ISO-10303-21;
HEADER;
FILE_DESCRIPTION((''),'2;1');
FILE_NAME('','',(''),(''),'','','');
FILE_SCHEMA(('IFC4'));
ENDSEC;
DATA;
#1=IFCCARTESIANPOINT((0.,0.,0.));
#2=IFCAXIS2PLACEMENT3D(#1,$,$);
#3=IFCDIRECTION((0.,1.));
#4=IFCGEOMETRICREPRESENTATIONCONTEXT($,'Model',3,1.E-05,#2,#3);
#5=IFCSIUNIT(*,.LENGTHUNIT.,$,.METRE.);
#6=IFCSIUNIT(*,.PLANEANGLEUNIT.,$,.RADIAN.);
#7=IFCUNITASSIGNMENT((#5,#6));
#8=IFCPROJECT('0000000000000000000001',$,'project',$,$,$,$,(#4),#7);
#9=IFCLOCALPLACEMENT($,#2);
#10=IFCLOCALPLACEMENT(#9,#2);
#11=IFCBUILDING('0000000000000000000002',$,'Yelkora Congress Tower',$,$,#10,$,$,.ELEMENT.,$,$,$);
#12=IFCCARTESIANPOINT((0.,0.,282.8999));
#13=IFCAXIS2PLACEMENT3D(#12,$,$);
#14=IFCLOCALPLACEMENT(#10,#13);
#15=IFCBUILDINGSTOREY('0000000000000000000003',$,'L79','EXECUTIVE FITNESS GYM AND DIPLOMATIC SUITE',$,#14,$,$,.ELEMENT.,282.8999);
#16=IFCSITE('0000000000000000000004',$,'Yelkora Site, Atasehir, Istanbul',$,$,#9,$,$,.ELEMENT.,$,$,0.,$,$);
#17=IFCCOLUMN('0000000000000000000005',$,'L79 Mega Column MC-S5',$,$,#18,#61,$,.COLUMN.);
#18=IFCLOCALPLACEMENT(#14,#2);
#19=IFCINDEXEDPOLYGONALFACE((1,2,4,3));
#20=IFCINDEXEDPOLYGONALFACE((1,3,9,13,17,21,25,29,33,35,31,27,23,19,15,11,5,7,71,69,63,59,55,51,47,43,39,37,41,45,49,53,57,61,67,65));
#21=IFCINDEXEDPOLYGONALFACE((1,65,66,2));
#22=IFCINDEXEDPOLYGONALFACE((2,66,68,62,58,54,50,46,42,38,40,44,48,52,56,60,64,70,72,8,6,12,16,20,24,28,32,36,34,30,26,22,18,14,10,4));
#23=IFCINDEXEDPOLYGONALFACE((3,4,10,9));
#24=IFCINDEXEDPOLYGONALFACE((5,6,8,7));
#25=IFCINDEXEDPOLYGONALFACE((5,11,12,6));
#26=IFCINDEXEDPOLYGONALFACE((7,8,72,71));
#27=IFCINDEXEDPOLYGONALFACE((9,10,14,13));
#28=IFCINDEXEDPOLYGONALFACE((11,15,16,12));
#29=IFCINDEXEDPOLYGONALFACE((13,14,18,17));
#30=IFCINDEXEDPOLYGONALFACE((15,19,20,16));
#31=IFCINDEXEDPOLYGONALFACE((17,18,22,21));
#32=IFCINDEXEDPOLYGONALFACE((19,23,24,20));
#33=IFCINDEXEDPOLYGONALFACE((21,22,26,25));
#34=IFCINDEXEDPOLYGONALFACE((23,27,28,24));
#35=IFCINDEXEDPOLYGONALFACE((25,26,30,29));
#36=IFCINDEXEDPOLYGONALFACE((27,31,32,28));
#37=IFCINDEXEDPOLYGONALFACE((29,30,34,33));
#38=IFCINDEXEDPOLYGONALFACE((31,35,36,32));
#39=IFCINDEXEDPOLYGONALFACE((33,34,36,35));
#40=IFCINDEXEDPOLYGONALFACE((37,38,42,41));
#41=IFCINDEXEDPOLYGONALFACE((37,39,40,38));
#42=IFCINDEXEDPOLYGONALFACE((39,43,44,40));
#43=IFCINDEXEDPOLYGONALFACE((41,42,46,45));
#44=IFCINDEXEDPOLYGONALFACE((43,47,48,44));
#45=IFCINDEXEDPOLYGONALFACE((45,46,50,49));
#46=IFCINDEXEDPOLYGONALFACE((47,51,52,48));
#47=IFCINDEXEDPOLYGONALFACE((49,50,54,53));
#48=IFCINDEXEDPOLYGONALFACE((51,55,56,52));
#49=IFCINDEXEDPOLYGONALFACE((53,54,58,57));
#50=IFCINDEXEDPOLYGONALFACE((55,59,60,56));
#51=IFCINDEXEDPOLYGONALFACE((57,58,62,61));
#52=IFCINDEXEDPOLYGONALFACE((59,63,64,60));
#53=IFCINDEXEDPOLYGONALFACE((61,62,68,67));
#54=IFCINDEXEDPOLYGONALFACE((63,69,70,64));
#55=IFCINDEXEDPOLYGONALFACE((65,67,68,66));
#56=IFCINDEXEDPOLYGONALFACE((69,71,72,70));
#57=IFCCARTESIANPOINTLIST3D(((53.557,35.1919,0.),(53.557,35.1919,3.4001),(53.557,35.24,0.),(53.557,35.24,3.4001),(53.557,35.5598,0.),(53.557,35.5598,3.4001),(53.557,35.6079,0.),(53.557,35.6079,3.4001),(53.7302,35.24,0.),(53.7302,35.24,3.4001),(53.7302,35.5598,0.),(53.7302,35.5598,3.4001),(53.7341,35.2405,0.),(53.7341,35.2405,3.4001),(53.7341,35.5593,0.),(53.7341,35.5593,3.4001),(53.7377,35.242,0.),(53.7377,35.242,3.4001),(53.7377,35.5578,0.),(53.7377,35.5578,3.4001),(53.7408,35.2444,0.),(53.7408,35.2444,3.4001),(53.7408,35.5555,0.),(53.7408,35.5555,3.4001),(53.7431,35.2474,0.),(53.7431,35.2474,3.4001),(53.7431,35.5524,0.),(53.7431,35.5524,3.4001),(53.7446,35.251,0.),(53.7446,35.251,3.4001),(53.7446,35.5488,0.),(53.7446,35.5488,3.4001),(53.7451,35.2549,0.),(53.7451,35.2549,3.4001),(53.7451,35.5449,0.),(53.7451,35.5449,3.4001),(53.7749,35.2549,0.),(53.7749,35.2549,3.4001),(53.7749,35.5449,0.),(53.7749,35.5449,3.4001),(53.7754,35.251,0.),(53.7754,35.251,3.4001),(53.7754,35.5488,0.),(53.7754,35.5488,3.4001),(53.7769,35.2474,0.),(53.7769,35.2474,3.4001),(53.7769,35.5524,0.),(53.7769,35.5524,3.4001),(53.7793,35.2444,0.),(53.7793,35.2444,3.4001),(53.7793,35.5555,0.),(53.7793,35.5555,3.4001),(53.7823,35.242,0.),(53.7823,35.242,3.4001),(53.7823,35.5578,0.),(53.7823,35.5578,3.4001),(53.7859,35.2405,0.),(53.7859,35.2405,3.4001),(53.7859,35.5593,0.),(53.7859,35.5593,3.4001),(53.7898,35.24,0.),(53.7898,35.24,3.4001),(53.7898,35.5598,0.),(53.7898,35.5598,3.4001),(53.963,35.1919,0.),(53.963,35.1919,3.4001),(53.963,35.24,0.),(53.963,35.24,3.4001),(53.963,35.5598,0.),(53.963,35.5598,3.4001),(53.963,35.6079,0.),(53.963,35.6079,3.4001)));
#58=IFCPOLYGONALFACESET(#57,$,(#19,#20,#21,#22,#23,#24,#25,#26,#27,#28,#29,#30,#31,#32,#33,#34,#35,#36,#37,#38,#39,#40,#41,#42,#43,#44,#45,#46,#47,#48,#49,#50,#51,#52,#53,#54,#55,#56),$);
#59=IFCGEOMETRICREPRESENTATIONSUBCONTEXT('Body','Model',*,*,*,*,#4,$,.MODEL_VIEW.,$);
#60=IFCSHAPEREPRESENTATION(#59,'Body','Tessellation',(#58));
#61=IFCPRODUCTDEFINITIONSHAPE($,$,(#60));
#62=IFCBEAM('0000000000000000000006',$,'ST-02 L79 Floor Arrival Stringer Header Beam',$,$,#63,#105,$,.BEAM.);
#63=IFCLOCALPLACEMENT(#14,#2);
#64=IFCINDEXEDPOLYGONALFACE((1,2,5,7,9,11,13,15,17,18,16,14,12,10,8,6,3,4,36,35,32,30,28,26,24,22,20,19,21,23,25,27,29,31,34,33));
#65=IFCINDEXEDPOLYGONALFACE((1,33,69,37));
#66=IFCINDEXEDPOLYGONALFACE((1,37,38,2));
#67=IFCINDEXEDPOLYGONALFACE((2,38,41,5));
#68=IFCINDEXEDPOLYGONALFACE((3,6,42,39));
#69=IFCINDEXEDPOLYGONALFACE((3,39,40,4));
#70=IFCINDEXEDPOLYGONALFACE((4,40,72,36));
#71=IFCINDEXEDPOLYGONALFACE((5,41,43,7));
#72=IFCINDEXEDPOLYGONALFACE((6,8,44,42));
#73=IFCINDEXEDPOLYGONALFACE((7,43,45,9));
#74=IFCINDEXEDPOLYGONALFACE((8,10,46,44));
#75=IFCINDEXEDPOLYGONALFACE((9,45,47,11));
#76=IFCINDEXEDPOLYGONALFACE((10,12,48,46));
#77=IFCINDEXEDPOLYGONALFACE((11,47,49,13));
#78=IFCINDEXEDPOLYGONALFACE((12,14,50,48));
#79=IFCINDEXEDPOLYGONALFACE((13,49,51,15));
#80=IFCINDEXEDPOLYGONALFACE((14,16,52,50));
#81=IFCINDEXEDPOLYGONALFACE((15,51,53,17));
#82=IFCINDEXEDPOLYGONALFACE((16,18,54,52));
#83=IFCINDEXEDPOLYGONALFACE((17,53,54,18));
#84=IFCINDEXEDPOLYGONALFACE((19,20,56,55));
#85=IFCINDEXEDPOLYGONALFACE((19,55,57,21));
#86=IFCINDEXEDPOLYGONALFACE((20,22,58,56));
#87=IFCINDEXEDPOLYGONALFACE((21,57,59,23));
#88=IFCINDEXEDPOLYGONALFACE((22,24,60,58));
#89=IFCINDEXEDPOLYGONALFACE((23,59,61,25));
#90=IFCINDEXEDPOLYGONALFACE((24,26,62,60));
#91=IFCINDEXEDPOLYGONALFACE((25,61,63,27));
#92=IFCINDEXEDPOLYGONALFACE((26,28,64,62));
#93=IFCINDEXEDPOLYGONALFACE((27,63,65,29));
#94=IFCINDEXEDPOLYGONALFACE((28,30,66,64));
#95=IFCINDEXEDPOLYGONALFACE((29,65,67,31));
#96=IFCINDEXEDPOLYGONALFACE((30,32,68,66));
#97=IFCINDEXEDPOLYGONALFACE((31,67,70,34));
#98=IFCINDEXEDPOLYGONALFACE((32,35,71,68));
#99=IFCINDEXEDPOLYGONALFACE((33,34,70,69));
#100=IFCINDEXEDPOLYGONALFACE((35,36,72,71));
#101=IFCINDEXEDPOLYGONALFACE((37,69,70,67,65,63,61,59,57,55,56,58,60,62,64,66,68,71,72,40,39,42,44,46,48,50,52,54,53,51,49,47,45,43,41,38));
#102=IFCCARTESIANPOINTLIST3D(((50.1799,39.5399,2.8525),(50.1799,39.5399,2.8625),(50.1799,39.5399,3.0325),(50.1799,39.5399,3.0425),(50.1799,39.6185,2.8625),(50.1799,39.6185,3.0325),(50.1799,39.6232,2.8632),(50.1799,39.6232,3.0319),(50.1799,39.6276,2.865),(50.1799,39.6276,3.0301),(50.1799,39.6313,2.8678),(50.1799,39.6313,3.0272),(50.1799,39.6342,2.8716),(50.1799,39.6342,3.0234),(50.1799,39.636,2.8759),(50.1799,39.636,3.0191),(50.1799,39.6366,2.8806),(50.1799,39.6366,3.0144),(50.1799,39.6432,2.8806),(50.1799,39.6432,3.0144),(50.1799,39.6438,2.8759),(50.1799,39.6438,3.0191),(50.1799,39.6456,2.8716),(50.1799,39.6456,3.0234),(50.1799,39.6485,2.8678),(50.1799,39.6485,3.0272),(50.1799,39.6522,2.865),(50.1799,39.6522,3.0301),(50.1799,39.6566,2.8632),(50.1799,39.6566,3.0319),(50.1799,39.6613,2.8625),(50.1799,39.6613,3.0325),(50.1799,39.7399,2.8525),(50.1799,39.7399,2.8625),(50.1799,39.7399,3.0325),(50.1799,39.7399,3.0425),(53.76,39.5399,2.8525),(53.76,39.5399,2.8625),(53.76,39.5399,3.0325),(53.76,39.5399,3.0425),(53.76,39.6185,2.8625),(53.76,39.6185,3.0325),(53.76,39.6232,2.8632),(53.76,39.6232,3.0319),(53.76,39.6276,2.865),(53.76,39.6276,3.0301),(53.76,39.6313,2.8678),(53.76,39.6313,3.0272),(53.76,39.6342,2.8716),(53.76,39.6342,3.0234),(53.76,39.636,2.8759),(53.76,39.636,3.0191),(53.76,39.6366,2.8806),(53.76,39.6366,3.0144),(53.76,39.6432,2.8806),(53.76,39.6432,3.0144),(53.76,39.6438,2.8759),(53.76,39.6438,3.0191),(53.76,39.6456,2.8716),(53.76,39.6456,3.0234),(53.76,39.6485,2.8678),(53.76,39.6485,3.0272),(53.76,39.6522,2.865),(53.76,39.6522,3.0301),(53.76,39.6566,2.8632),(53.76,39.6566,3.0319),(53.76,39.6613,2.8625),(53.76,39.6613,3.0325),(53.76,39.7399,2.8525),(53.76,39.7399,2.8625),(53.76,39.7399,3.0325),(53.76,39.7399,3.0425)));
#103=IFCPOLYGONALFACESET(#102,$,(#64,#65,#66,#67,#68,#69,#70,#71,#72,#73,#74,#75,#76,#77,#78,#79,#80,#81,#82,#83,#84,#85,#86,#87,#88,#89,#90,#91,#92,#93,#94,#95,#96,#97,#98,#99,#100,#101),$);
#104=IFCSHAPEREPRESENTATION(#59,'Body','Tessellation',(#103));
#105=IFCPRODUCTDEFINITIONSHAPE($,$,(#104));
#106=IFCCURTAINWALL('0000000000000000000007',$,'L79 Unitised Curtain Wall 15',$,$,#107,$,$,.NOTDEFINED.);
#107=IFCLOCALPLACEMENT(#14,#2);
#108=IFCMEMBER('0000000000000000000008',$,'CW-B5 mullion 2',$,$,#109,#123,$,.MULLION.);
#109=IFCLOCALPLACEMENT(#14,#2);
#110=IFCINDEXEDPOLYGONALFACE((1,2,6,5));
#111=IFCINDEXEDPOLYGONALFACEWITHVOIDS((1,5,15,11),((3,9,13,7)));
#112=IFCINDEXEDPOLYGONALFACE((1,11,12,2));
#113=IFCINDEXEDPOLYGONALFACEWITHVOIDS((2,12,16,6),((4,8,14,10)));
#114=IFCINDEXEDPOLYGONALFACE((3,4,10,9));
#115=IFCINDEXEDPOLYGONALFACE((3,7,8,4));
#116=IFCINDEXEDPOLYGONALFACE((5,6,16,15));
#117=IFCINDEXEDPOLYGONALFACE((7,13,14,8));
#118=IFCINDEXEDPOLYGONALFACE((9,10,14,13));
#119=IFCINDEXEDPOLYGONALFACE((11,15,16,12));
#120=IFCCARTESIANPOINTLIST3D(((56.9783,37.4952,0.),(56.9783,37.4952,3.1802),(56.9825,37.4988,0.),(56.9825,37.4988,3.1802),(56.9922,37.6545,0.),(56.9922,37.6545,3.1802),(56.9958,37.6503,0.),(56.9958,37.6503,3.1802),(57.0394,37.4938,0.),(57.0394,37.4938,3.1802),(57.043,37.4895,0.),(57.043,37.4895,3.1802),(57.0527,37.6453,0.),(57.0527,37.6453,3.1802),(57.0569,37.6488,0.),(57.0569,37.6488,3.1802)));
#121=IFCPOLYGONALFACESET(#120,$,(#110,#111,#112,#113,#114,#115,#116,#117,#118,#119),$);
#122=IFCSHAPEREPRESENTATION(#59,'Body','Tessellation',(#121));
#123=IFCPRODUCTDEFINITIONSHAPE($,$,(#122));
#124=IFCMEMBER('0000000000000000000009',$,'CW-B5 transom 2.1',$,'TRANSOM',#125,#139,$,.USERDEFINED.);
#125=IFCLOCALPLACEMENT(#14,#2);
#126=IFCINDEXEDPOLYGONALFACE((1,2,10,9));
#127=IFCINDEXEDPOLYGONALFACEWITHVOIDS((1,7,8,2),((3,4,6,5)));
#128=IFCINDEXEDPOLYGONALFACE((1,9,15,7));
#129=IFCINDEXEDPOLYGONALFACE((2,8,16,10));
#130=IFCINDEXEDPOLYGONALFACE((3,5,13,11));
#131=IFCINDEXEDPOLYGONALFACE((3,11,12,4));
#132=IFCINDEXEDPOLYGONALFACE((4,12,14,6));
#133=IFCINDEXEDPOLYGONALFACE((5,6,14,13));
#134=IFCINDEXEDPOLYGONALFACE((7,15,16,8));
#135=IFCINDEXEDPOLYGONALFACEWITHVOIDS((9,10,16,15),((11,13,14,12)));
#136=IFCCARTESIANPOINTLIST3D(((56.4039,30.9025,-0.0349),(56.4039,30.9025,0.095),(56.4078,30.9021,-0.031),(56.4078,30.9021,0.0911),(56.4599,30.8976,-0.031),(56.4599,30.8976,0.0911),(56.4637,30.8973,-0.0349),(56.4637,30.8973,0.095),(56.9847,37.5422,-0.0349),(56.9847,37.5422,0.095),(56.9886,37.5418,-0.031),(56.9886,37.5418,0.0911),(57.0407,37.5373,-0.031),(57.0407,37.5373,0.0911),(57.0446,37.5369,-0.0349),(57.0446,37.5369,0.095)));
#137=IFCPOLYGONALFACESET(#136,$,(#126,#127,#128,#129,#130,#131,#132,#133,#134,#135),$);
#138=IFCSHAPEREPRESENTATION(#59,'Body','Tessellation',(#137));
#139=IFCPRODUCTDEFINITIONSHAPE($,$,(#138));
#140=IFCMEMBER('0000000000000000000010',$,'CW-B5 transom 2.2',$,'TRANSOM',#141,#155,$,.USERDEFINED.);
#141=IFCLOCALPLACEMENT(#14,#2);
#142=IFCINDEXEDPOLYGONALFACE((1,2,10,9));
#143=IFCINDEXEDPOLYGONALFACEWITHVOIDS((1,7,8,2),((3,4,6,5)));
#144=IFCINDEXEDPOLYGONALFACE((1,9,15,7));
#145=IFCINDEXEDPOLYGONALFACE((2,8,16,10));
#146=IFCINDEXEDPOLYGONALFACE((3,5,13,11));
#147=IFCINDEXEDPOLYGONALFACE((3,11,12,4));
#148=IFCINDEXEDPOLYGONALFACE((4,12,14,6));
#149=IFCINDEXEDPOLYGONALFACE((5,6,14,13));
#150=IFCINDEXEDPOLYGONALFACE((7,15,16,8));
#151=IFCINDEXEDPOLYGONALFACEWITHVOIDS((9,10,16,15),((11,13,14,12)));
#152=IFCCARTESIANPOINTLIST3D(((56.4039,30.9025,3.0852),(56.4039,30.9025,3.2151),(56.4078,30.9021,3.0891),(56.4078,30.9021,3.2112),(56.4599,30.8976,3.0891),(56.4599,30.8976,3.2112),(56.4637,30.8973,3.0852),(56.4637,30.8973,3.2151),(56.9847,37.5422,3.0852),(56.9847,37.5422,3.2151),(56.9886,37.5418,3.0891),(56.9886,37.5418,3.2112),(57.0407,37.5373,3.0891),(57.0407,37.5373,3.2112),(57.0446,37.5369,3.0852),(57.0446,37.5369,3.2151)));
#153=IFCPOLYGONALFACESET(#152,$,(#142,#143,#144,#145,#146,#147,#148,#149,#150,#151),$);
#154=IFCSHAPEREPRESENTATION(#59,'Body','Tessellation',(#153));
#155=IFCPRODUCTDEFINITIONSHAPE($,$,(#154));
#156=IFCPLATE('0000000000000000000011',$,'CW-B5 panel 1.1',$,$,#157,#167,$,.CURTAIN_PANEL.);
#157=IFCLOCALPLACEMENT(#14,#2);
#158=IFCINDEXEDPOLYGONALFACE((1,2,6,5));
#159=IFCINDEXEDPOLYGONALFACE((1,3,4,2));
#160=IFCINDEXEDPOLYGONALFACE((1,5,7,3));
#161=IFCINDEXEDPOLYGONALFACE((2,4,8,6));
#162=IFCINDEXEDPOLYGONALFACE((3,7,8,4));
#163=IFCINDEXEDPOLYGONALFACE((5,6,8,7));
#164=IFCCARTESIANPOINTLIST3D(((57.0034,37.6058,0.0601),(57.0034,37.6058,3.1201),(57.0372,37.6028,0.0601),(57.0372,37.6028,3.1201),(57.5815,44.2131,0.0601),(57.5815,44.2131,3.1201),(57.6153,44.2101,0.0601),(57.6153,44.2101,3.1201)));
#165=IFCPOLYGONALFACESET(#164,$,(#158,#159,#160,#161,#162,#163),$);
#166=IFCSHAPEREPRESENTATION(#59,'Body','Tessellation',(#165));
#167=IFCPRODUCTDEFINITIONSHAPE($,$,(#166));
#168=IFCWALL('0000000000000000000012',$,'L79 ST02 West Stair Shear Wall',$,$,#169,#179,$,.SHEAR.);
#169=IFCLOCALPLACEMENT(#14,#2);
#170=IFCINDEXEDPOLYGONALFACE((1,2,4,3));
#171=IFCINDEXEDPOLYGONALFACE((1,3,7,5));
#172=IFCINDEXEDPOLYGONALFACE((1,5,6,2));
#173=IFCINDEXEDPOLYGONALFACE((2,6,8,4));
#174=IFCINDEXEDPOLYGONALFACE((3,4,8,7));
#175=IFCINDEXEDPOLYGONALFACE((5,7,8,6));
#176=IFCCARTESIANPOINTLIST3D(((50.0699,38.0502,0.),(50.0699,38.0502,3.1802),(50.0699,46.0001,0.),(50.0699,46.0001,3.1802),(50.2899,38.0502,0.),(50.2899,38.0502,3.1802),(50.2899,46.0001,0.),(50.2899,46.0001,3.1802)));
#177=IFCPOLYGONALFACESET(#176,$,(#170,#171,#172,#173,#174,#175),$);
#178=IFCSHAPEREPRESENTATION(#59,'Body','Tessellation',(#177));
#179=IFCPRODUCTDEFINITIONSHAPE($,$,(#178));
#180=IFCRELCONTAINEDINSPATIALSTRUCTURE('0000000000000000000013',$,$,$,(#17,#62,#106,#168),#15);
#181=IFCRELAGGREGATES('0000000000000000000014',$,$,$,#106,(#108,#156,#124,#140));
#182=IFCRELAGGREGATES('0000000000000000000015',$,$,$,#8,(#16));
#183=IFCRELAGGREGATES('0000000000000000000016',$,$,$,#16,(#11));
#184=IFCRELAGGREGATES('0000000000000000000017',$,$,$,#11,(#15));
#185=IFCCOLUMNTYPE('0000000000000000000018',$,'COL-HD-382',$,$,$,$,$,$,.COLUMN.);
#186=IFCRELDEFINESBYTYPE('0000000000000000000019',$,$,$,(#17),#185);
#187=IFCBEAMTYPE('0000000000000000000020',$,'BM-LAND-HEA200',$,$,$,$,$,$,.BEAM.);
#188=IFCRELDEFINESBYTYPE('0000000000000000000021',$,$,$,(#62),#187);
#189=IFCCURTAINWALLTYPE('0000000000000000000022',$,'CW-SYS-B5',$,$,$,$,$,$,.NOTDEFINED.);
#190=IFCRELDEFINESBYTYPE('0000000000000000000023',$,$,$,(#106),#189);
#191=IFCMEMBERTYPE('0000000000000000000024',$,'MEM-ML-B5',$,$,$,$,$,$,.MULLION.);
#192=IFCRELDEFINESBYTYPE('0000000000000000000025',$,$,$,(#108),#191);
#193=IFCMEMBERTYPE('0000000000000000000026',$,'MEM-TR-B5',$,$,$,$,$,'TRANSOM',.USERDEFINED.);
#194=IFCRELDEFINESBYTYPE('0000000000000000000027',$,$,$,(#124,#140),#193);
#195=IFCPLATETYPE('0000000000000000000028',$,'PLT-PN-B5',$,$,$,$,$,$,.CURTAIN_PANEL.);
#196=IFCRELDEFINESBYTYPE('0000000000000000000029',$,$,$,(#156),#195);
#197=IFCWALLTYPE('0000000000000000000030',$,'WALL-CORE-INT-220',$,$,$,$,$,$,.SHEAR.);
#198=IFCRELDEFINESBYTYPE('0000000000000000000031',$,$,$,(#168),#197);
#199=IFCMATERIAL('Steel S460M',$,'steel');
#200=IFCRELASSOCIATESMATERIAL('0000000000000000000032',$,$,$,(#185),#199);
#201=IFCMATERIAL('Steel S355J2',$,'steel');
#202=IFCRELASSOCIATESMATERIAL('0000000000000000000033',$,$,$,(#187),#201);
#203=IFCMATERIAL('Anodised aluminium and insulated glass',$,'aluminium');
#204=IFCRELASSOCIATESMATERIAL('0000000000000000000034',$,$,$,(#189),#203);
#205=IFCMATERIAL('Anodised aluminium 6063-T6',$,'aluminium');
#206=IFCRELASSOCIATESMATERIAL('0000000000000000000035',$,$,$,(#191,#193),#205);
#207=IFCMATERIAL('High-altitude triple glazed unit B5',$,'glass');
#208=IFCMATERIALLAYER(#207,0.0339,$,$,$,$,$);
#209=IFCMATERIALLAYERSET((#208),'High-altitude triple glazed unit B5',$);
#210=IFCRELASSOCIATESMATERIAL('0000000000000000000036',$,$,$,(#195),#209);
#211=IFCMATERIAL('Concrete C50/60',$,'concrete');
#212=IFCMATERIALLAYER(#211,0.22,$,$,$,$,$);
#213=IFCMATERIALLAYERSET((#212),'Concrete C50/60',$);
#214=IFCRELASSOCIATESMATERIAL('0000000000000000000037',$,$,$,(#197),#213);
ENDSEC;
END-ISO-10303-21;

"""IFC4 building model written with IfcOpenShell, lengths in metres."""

from ifc_helpers import new_model, si_unit, direction, frame, frame_2d, origin, origin_2d, place, context, subcontext, project, spatial, rectangle, hollow_rectangle, i_section, extrude, material, layer, layer_set, material_profile, profile_set, type_object, element, aggregate, save


model = new_model("IFC4")

# Units and contexts
model_context = context("Model", 3, precision=1e-05, world=origin(), true_north=direction((0.0, 1.0)))
body_context = subcontext(model_context, "Body", "Model", "MODEL_VIEW")
ifc_project = project(units=[si_unit("LENGTHUNIT", "METRE"), si_unit("PLANEANGLEUNIT", "RADIAN")], contexts=[model_context])

# Site, building, storey
site_placement = place(None, origin())
site = spatial("IfcSite", under=ifc_project, at=site_placement, Name="Yelkora Site, Atasehir, Istanbul", CompositionType="ELEMENT", RefElevation=0.0)
building_placement = place(site_placement, origin())
building = spatial("IfcBuilding", under=site, at=building_placement, Name="Yelkora Congress Tower", CompositionType="ELEMENT")
storey_placement = place(building_placement, frame((0.0, 0.0, 282.8999)))
storey = spatial("IfcBuildingStorey", under=building, at=storey_placement, Name="L79", Description="EXECUTIVE FITNESS GYM AND DIPLOMATIC SUITE", CompositionType="ELEMENT", Elevation=282.8999)

# Column
ifc_material_1 = material(Name="Steel S460M", Category="steel")
ifc_material_profile_1 = material_profile(ifc_material_1, i_section(OverallWidth=0.406, OverallDepth=0.416, WebThickness=0.0298, FlangeThickness=0.0481, FilletRadius=0.0149, at=origin_2d()), Name="HD 400x382")
ifc_profile_set_1 = profile_set([ifc_material_profile_1], Name="Steel S460M")
column_type = type_object("IfcColumnType", Name="COL-HD-382", PredefinedType="COLUMN", material=ifc_profile_set_1)
column_placement = place(storey_placement, frame((53.76, 35.3999, 0.0), z_axis=(0.0, 0.0, 1.0), x_axis=(1.0, 0.0, 0.0)))
element("IfcColumn", 1, at=column_placement, inside=storey, type_object=column_type, Name="L79 Mega Column MC-S5", PredefinedType="COLUMN", context=body_context, shape_type="SweptSolid", body=[
    extrude(i_section(OverallWidth=0.406, OverallDepth=0.416, WebThickness=0.0298, FlangeThickness=0.0481, FilletRadius=0.0149, at=origin_2d()), origin(), (0.0, 0.0, 1.0), 3.4001),
])

# Beam
ifc_material_2 = material(Name="Steel S355J2", Category="steel")
ifc_material_profile_2 = material_profile(ifc_material_2, i_section(OverallWidth=0.2, OverallDepth=0.1899, WebThickness=0.0066, FlangeThickness=0.01, FilletRadius=0.0181, at=origin_2d()), Name="HEA 200")
ifc_profile_set_2 = profile_set([ifc_material_profile_2], Name="Steel S355J2")
beam_type = type_object("IfcBeamType", Name="BM-LAND-HEA200", PredefinedType="BEAM", material=ifc_profile_set_2)
beam_placement = place(storey_placement, frame((50.1799, 39.6399, 2.9475), z_axis=(1.0, 0.0, 0.0), x_axis=(0.0, 1.0, 0.0)))
element("IfcBeam", 2, at=beam_placement, inside=storey, type_object=beam_type, Name="ST-02 L79 Floor Arrival Stringer Header Beam", PredefinedType="BEAM", context=body_context, shape_type="SweptSolid", body=[
    extrude(i_section(OverallWidth=0.2, OverallDepth=0.1899, WebThickness=0.0066, FlangeThickness=0.01, FilletRadius=0.0181, at=origin_2d()), origin(), (0.0, 0.0, 1.0), 3.5801),
])

# Curtain wall, members, plate
ifc_material_3 = material(Name="Anodised aluminium and insulated glass", Category="aluminium")
curtain_wall_type = type_object("IfcCurtainWallType", Name="CW-SYS-B5", PredefinedType="NOTDEFINED", material=ifc_material_3)
curtain_wall_placement = place(storey_placement, origin())
curtain_wall = element("IfcCurtainWall", 3, at=curtain_wall_placement, inside=storey, type_object=curtain_wall_type, Name="L79 Unitised Curtain Wall 15", PredefinedType="NOTDEFINED")
ifc_material_4 = material(Name="Anodised aluminium 6063-T6", Category="aluminium")
ifc_material_profile_3 = material_profile(ifc_material_4, hollow_rectangle(XDim=0.0649, YDim=0.1599, WallThickness=0.0039, at=origin_2d()), Name="ALU 65x160x4")
ifc_profile_set_3 = profile_set([ifc_material_profile_3], Name="Anodised aluminium 6063-T6")
member_type_1 = type_object("IfcMemberType", Name="MEM-ML-B5", PredefinedType="MULLION", material=ifc_profile_set_3)
member_1_placement = place(storey_placement, frame((57.0176, 37.572, 0.0), z_axis=(0.0, 0.0, 1.0), x_axis=(0.996194, -0.087158, 0.0)))
member_1 = element("IfcMember", 4, at=member_1_placement, type_object=member_type_1, Name="CW-B5 mullion 2", PredefinedType="MULLION", context=body_context, shape_type="SweptSolid", body=[
    extrude(hollow_rectangle(XDim=0.0649, YDim=0.1599, WallThickness=0.0039, at=origin_2d()), origin(), (0.0, 0.0, 1.0), 3.1802),
])
ifc_material_profile_4 = material_profile(ifc_material_4, hollow_rectangle(XDim=0.0601, YDim=0.1299, WallThickness=0.0039, at=origin_2d()), Name="ALU 60x130x4")
ifc_profile_set_4 = profile_set([ifc_material_profile_4], Name="Anodised aluminium 6063-T6")
member_type_2 = type_object("IfcMemberType", Name="MEM-TR-B5", ElementType="TRANSOM", PredefinedType="USERDEFINED", material=ifc_profile_set_4)
member_2_placement = place(storey_placement, frame((57.0146, 37.5396, 0.03), z_axis=(-0.087143, -0.996196, 0.0), x_axis=(0.996196, -0.087143, 0.0)))
member_2 = element("IfcMember", 5, at=member_2_placement, type_object=member_type_2, Name="CW-B5 transom 2.1", ObjectType="TRANSOM", PredefinedType="USERDEFINED", context=body_context, shape_type="SweptSolid", body=[
    extrude(hollow_rectangle(XDim=0.0601, YDim=0.1299, WallThickness=0.0039, at=origin_2d()), origin(), (0.0, 0.0, 1.0), 6.665),
])
member_3_placement = place(storey_placement, frame((57.0146, 37.5396, 3.1501), z_axis=(-0.087143, -0.996196, 0.0), x_axis=(0.996196, -0.087143, 0.0)))
member_3 = element("IfcMember", 6, at=member_3_placement, type_object=member_type_2, Name="CW-B5 transom 2.2", ObjectType="TRANSOM", PredefinedType="USERDEFINED", context=body_context, shape_type="SweptSolid", body=[
    extrude(hollow_rectangle(XDim=0.0601, YDim=0.1299, WallThickness=0.0039, at=origin_2d()), origin(), (0.0, 0.0, 1.0), 6.665),
])
ifc_material_5 = material(Name="High-altitude triple glazed unit B5", Category="glass")
ifc_layer_1 = layer(ifc_material_5, 0.0339)
ifc_layer_set_1 = layer_set([ifc_layer_1], Name="High-altitude triple glazed unit B5")
plate_type = type_object("IfcPlateType", Name="PLT-PN-B5", PredefinedType="CURTAIN_PANEL", material=ifc_layer_set_1)
plate_placement = place(storey_placement, frame((57.3093, 40.908, 0.0601), z_axis=(0.0, 0.0, 1.0), x_axis=(-0.087158, -0.996194, 0.0)))
plate = element("IfcPlate", 7, at=plate_placement, type_object=plate_type, Name="CW-B5 panel 1.1", PredefinedType="CURTAIN_PANEL", context=body_context, shape_type="SweptSolid", body=[
    extrude(rectangle(XDim=6.6326, YDim=0.0339, at=origin_2d()), origin(), (0.0, 0.0, 1.0), 3.0601),
])
aggregate(curtain_wall, [member_1, plate, member_2, member_3])

# Wall
ifc_material_6 = material(Name="Concrete C50/60", Category="concrete")
ifc_layer_2 = layer(ifc_material_6, 0.22)
ifc_layer_set_2 = layer_set([ifc_layer_2], Name="Concrete C50/60")
wall_type_1 = type_object("IfcWallType", Name="WALL-CORE-INT-220", PredefinedType="SHEAR", material=ifc_layer_set_2)
wall_1_placement = place(storey_placement, frame((50.1799, 38.05, 0.0), z_axis=(0.0, 0.0, 1.0), x_axis=(0.0, 1.0, 0.0)))
element("IfcWall", 8, at=wall_1_placement, inside=storey, type_object=wall_type_1, Name="L79 ST02 West Stair Shear Wall", PredefinedType="SHEAR", context=body_context, shape_type="SweptSolid", body=[
    extrude(rectangle(XDim=7.95, YDim=0.22, at=frame_2d((3.9751, 0.0))), origin(), (0.0, 0.0, 1.0), 3.1802),
])

save(model, "model.ifc")
